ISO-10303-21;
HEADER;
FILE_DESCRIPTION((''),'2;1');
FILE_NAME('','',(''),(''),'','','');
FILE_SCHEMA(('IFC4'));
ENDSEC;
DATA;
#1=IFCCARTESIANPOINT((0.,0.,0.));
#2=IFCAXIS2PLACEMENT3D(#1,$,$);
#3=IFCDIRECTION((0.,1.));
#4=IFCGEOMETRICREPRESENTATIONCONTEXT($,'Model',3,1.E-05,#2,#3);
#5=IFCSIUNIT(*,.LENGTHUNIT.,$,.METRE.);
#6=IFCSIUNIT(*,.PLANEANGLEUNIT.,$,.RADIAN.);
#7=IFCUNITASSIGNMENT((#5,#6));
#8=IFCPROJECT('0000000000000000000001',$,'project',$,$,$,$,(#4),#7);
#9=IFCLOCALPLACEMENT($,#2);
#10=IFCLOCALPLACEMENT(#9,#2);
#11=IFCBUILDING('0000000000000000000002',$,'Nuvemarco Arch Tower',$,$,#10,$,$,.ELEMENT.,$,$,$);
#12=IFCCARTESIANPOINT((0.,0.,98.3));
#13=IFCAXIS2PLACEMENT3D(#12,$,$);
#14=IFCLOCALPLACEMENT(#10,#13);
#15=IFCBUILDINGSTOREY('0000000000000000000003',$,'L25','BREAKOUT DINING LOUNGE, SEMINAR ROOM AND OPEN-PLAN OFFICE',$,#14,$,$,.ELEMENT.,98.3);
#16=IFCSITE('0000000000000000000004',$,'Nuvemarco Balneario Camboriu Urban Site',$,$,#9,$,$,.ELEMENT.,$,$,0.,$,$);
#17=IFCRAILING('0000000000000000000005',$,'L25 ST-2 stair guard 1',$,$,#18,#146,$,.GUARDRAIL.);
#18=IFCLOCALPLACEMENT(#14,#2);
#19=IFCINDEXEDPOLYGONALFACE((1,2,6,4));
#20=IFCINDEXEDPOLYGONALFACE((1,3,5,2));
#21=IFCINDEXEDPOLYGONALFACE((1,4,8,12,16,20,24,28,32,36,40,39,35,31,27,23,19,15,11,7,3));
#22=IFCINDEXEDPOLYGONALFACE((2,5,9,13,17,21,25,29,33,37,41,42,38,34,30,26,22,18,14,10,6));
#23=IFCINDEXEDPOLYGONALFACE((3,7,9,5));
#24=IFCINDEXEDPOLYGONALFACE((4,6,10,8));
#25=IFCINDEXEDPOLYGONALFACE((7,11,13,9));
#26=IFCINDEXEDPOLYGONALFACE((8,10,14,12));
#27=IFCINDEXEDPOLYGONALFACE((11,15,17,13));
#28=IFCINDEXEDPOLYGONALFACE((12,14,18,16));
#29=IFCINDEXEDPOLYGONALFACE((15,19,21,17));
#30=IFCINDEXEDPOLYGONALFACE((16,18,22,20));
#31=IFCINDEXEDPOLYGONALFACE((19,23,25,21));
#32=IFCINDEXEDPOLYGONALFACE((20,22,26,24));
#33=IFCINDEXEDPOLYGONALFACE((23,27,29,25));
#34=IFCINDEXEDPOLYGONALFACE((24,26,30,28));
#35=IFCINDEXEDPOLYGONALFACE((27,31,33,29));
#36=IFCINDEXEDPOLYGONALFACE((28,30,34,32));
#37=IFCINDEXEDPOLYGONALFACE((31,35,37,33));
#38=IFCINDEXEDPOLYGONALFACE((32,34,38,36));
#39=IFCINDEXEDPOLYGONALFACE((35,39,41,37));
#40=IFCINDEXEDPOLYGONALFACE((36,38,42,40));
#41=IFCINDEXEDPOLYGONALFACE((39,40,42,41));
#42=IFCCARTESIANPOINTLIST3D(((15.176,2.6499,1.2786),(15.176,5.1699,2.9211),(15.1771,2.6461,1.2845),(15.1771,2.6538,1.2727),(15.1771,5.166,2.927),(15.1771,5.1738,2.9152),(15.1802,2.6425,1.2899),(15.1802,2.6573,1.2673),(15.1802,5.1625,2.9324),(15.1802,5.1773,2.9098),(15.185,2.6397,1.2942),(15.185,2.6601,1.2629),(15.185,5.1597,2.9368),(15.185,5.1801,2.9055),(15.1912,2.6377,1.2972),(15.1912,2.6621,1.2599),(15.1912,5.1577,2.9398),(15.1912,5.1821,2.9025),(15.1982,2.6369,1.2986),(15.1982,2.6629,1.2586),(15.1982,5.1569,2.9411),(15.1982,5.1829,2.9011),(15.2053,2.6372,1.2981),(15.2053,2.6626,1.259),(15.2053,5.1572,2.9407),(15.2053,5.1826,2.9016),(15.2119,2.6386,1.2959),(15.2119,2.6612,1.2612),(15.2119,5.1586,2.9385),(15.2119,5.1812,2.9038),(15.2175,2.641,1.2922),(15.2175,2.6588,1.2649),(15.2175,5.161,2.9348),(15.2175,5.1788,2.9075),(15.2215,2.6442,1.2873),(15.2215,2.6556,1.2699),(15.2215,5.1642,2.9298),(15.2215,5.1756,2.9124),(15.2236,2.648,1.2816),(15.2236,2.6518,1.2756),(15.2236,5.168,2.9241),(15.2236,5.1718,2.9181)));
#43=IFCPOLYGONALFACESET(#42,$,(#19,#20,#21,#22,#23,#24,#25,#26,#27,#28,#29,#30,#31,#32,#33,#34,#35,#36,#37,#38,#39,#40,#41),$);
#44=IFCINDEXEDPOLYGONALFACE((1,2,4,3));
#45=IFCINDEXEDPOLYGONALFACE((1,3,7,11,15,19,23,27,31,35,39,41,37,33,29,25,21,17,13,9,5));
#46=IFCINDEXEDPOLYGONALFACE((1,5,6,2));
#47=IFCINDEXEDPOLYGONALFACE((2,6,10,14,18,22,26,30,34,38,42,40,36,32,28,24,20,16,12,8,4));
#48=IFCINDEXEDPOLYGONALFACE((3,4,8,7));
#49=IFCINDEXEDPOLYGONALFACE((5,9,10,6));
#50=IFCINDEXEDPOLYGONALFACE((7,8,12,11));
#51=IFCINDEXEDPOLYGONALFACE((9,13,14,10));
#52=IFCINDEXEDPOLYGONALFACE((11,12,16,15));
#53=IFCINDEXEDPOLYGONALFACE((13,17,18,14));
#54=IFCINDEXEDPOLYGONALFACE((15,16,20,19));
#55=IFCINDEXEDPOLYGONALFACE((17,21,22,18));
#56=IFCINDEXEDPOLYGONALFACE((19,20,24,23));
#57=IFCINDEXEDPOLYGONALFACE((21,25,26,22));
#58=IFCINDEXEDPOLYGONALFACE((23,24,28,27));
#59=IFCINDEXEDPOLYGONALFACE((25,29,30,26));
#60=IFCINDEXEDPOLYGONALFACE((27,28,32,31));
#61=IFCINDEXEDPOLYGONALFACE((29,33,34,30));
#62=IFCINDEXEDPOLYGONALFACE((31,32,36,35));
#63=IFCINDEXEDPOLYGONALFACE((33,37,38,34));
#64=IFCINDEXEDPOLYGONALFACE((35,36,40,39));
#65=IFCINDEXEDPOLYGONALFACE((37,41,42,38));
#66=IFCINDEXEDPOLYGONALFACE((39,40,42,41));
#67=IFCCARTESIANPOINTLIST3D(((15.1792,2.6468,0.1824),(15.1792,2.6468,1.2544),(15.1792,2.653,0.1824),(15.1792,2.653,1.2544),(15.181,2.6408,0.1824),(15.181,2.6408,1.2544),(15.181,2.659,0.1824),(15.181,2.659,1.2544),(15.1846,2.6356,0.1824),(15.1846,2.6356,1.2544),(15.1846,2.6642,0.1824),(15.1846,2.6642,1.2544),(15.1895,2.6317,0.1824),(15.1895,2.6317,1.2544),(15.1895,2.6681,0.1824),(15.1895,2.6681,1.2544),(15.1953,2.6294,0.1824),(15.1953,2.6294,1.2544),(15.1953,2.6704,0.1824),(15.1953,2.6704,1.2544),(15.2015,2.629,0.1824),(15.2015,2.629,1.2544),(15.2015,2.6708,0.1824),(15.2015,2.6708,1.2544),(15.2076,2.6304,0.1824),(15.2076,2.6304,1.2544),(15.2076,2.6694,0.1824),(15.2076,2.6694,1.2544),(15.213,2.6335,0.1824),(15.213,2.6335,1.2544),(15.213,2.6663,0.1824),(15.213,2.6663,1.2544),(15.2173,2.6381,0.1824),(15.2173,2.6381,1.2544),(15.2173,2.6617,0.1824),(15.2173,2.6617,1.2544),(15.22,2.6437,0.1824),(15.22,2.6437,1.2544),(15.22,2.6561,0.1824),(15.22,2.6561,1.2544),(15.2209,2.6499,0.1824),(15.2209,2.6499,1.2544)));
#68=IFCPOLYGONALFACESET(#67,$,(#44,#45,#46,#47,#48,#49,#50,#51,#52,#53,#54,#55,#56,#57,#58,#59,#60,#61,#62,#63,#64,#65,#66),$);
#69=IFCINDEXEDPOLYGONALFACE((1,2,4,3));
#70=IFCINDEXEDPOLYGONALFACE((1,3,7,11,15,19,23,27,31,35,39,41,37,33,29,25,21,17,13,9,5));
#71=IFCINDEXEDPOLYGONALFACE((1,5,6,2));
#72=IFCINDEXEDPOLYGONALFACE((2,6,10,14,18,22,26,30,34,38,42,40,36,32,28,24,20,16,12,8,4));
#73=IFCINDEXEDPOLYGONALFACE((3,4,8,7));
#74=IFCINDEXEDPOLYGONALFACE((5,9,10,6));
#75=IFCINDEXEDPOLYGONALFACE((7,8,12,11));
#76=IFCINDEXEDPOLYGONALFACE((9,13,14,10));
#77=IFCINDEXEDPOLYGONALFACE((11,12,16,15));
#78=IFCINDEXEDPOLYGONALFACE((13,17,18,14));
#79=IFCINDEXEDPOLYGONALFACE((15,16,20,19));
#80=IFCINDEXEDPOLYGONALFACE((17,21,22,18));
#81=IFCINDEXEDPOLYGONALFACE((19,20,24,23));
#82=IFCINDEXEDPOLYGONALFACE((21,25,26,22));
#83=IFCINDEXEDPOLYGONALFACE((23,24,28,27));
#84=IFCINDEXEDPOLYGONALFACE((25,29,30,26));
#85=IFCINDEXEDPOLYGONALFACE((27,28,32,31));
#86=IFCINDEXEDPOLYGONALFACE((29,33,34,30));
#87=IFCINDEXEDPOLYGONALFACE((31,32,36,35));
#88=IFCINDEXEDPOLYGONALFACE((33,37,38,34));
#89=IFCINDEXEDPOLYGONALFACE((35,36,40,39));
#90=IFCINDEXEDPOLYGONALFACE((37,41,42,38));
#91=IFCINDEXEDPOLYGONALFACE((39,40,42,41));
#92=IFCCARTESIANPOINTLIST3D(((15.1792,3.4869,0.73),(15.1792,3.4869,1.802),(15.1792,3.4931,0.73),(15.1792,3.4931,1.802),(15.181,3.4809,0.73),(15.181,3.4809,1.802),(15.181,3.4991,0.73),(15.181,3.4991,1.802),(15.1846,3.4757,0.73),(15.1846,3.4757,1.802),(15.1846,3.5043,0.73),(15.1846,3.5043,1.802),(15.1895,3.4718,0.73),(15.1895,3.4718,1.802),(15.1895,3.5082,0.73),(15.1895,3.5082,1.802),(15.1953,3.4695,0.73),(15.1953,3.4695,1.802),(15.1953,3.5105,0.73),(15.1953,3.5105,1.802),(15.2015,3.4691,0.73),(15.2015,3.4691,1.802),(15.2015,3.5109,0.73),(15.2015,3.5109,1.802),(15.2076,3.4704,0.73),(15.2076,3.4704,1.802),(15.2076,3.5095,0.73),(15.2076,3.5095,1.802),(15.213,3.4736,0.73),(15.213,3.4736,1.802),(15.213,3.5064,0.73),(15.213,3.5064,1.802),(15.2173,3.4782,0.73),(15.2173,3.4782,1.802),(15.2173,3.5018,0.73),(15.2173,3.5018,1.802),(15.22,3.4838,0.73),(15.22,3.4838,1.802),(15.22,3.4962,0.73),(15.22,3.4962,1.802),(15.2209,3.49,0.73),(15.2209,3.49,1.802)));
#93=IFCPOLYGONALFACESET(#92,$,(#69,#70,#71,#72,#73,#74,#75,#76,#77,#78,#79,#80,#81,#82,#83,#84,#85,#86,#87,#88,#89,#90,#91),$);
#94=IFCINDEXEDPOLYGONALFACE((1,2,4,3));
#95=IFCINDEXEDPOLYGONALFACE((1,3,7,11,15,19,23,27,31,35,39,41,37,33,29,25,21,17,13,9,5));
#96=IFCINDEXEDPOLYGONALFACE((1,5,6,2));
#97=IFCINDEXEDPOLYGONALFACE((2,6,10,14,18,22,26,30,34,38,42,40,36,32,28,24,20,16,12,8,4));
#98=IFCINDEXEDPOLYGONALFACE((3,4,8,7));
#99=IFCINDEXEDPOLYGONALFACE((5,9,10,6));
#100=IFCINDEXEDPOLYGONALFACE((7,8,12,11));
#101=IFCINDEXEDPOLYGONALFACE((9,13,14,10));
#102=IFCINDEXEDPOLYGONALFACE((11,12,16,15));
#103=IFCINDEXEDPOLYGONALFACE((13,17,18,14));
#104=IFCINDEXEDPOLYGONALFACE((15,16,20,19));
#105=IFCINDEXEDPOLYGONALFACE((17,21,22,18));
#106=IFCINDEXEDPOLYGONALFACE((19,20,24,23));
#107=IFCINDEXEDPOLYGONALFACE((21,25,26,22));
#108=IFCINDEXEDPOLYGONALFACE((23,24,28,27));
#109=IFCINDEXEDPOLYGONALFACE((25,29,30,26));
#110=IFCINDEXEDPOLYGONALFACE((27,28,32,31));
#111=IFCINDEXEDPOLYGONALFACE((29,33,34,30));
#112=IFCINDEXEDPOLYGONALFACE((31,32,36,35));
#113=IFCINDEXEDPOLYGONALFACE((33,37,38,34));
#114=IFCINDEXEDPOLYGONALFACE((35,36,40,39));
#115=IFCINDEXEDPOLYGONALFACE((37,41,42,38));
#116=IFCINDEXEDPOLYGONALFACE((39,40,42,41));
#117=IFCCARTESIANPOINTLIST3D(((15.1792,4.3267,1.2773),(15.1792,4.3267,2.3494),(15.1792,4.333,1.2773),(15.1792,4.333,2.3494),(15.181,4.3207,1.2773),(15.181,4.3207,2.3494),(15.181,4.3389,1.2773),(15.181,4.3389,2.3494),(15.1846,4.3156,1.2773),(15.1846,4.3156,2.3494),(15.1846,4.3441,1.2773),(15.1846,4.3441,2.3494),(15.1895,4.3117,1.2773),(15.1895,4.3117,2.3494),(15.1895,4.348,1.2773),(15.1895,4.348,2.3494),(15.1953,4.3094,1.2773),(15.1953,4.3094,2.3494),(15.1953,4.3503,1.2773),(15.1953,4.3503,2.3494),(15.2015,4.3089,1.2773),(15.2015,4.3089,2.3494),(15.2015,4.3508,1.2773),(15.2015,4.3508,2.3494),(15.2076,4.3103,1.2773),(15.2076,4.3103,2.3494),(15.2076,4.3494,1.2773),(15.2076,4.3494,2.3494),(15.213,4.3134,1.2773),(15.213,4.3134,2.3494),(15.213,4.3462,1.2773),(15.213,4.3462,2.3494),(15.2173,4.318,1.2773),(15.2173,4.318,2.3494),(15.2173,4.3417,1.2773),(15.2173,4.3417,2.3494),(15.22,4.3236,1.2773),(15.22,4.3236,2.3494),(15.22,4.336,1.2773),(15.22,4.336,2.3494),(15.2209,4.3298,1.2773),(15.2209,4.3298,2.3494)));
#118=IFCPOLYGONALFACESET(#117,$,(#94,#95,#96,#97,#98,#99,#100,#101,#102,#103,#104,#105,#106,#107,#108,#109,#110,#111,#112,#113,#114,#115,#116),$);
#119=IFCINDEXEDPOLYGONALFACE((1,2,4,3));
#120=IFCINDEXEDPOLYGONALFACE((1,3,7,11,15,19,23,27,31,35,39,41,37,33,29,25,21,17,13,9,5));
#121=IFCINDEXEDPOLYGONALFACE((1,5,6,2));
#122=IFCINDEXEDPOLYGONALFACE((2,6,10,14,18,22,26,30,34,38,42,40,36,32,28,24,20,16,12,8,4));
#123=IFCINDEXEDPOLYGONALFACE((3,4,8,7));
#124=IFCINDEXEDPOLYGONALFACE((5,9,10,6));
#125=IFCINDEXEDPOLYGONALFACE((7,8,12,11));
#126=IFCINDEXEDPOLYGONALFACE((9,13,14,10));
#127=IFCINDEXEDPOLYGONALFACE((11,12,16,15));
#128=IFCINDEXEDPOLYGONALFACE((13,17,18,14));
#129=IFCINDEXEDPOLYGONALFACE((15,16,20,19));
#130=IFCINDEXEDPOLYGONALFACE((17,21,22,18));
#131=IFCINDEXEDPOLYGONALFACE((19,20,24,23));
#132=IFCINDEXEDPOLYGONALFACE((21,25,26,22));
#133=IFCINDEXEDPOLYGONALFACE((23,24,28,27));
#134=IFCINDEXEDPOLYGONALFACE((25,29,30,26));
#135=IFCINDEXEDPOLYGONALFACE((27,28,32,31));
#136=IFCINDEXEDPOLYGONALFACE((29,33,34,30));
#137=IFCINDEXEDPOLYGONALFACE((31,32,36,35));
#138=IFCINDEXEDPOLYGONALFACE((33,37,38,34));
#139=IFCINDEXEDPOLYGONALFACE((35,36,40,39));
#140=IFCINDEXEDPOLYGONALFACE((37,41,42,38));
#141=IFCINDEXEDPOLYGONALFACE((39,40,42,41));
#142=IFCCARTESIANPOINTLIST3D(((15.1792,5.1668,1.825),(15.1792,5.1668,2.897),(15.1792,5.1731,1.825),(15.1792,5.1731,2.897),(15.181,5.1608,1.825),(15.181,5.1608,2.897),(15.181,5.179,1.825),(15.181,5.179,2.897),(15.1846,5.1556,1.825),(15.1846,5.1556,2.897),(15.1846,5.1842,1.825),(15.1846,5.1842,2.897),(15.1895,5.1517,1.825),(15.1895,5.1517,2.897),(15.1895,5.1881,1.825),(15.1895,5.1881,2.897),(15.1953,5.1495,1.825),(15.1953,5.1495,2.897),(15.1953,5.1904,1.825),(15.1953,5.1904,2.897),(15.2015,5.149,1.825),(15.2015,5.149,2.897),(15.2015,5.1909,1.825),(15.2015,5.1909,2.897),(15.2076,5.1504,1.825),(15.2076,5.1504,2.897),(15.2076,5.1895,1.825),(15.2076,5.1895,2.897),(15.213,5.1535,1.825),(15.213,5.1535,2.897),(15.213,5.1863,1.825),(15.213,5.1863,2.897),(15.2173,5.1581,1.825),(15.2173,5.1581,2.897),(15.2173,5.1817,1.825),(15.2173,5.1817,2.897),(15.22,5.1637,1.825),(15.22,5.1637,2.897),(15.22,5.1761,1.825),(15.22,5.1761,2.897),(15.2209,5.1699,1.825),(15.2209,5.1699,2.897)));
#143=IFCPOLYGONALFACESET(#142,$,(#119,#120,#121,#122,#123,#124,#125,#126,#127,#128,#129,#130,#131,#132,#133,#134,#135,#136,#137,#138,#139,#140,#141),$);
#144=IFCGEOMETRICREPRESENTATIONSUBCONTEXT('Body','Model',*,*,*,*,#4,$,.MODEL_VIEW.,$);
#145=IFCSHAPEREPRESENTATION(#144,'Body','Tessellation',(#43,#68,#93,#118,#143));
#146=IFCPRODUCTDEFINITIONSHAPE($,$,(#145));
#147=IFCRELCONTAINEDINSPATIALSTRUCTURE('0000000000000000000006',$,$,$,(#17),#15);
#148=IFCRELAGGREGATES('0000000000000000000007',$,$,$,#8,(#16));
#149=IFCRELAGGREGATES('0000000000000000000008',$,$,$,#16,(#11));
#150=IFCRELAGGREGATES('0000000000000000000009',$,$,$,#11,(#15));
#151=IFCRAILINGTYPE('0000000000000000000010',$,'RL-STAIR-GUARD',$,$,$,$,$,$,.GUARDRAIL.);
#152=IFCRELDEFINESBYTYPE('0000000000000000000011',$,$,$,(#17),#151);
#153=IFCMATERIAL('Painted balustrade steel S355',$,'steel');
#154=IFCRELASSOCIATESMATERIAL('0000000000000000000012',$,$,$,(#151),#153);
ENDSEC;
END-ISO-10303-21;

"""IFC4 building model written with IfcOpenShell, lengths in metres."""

from ifc_helpers import new_model, si_unit, direction, frame, origin, origin_2d, place, context, subcontext, project, spatial, circle, extrude, material, type_object, element, save


model = new_model("IFC4")

# Units and contexts
model_context = context("Model", 3, precision=1e-05, world=origin(), true_north=direction((0.0, 1.0)))
body_context = subcontext(model_context, "Body", "Model", "MODEL_VIEW")
ifc_project = project(units=[si_unit("LENGTHUNIT", "METRE"), si_unit("PLANEANGLEUNIT", "RADIAN")], contexts=[model_context])

# Site, building, storey
site_placement = place(None, origin())
site = spatial("IfcSite", under=ifc_project, at=site_placement, Name="Nuvemarco Balneario Camboriu Urban Site", CompositionType="ELEMENT", RefElevation=0.0)
building_placement = place(site_placement, origin())
building = spatial("IfcBuilding", under=site, at=building_placement, Name="Nuvemarco Arch Tower", CompositionType="ELEMENT")
storey_placement = place(building_placement, frame((0.0, 0.0, 98.3)))
storey = spatial("IfcBuildingStorey", under=building, at=storey_placement, Name="L25", Description="BREAKOUT DINING LOUNGE, SEMINAR ROOM AND OPEN-PLAN OFFICE", CompositionType="ELEMENT", Elevation=98.3)

# Railing
ifc_material_1 = material(Name="Painted balustrade steel S355", Category="steel")
railing_type_1 = type_object("IfcRailingType", Name="RL-STAIR-GUARD", PredefinedType="GUARDRAIL", material=ifc_material_1)
railing_1_placement = place(storey_placement, frame((15.2, 2.6499, 0.1824)))
element("IfcRailing", 1, at=railing_1_placement, inside=storey, type_object=railing_type_1, Name="L25 ST-2 stair guard 1", PredefinedType="GUARDRAIL", context=body_context, shape_type="SweptSolid", body=[
    extrude(circle(Radius=0.0239, at=origin_2d()), frame((0.0, 0.0, 1.0962), z_axis=(0.0, 0.837749, 0.546055), x_axis=(-1.0, 0.0, 0.0)), (0.0, 0.0, 1.0), 3.0081),
    extrude(circle(Radius=0.021, at=origin_2d()), origin(), (0.0, 0.0, 1.0), 1.072),
    extrude(circle(Radius=0.021, at=origin_2d()), frame((0.0, 0.8401, 0.5476)), (0.0, 0.0, 1.0), 1.072),
    extrude(circle(Radius=0.021, at=origin_2d()), frame((0.0, 1.6799, 1.095)), (0.0, 0.0, 1.0), 1.072),
    extrude(circle(Radius=0.021, at=origin_2d()), frame((0.0, 2.52, 1.6426)), (0.0, 0.0, 1.0), 1.072),
])

save(model, "model.ifc")
